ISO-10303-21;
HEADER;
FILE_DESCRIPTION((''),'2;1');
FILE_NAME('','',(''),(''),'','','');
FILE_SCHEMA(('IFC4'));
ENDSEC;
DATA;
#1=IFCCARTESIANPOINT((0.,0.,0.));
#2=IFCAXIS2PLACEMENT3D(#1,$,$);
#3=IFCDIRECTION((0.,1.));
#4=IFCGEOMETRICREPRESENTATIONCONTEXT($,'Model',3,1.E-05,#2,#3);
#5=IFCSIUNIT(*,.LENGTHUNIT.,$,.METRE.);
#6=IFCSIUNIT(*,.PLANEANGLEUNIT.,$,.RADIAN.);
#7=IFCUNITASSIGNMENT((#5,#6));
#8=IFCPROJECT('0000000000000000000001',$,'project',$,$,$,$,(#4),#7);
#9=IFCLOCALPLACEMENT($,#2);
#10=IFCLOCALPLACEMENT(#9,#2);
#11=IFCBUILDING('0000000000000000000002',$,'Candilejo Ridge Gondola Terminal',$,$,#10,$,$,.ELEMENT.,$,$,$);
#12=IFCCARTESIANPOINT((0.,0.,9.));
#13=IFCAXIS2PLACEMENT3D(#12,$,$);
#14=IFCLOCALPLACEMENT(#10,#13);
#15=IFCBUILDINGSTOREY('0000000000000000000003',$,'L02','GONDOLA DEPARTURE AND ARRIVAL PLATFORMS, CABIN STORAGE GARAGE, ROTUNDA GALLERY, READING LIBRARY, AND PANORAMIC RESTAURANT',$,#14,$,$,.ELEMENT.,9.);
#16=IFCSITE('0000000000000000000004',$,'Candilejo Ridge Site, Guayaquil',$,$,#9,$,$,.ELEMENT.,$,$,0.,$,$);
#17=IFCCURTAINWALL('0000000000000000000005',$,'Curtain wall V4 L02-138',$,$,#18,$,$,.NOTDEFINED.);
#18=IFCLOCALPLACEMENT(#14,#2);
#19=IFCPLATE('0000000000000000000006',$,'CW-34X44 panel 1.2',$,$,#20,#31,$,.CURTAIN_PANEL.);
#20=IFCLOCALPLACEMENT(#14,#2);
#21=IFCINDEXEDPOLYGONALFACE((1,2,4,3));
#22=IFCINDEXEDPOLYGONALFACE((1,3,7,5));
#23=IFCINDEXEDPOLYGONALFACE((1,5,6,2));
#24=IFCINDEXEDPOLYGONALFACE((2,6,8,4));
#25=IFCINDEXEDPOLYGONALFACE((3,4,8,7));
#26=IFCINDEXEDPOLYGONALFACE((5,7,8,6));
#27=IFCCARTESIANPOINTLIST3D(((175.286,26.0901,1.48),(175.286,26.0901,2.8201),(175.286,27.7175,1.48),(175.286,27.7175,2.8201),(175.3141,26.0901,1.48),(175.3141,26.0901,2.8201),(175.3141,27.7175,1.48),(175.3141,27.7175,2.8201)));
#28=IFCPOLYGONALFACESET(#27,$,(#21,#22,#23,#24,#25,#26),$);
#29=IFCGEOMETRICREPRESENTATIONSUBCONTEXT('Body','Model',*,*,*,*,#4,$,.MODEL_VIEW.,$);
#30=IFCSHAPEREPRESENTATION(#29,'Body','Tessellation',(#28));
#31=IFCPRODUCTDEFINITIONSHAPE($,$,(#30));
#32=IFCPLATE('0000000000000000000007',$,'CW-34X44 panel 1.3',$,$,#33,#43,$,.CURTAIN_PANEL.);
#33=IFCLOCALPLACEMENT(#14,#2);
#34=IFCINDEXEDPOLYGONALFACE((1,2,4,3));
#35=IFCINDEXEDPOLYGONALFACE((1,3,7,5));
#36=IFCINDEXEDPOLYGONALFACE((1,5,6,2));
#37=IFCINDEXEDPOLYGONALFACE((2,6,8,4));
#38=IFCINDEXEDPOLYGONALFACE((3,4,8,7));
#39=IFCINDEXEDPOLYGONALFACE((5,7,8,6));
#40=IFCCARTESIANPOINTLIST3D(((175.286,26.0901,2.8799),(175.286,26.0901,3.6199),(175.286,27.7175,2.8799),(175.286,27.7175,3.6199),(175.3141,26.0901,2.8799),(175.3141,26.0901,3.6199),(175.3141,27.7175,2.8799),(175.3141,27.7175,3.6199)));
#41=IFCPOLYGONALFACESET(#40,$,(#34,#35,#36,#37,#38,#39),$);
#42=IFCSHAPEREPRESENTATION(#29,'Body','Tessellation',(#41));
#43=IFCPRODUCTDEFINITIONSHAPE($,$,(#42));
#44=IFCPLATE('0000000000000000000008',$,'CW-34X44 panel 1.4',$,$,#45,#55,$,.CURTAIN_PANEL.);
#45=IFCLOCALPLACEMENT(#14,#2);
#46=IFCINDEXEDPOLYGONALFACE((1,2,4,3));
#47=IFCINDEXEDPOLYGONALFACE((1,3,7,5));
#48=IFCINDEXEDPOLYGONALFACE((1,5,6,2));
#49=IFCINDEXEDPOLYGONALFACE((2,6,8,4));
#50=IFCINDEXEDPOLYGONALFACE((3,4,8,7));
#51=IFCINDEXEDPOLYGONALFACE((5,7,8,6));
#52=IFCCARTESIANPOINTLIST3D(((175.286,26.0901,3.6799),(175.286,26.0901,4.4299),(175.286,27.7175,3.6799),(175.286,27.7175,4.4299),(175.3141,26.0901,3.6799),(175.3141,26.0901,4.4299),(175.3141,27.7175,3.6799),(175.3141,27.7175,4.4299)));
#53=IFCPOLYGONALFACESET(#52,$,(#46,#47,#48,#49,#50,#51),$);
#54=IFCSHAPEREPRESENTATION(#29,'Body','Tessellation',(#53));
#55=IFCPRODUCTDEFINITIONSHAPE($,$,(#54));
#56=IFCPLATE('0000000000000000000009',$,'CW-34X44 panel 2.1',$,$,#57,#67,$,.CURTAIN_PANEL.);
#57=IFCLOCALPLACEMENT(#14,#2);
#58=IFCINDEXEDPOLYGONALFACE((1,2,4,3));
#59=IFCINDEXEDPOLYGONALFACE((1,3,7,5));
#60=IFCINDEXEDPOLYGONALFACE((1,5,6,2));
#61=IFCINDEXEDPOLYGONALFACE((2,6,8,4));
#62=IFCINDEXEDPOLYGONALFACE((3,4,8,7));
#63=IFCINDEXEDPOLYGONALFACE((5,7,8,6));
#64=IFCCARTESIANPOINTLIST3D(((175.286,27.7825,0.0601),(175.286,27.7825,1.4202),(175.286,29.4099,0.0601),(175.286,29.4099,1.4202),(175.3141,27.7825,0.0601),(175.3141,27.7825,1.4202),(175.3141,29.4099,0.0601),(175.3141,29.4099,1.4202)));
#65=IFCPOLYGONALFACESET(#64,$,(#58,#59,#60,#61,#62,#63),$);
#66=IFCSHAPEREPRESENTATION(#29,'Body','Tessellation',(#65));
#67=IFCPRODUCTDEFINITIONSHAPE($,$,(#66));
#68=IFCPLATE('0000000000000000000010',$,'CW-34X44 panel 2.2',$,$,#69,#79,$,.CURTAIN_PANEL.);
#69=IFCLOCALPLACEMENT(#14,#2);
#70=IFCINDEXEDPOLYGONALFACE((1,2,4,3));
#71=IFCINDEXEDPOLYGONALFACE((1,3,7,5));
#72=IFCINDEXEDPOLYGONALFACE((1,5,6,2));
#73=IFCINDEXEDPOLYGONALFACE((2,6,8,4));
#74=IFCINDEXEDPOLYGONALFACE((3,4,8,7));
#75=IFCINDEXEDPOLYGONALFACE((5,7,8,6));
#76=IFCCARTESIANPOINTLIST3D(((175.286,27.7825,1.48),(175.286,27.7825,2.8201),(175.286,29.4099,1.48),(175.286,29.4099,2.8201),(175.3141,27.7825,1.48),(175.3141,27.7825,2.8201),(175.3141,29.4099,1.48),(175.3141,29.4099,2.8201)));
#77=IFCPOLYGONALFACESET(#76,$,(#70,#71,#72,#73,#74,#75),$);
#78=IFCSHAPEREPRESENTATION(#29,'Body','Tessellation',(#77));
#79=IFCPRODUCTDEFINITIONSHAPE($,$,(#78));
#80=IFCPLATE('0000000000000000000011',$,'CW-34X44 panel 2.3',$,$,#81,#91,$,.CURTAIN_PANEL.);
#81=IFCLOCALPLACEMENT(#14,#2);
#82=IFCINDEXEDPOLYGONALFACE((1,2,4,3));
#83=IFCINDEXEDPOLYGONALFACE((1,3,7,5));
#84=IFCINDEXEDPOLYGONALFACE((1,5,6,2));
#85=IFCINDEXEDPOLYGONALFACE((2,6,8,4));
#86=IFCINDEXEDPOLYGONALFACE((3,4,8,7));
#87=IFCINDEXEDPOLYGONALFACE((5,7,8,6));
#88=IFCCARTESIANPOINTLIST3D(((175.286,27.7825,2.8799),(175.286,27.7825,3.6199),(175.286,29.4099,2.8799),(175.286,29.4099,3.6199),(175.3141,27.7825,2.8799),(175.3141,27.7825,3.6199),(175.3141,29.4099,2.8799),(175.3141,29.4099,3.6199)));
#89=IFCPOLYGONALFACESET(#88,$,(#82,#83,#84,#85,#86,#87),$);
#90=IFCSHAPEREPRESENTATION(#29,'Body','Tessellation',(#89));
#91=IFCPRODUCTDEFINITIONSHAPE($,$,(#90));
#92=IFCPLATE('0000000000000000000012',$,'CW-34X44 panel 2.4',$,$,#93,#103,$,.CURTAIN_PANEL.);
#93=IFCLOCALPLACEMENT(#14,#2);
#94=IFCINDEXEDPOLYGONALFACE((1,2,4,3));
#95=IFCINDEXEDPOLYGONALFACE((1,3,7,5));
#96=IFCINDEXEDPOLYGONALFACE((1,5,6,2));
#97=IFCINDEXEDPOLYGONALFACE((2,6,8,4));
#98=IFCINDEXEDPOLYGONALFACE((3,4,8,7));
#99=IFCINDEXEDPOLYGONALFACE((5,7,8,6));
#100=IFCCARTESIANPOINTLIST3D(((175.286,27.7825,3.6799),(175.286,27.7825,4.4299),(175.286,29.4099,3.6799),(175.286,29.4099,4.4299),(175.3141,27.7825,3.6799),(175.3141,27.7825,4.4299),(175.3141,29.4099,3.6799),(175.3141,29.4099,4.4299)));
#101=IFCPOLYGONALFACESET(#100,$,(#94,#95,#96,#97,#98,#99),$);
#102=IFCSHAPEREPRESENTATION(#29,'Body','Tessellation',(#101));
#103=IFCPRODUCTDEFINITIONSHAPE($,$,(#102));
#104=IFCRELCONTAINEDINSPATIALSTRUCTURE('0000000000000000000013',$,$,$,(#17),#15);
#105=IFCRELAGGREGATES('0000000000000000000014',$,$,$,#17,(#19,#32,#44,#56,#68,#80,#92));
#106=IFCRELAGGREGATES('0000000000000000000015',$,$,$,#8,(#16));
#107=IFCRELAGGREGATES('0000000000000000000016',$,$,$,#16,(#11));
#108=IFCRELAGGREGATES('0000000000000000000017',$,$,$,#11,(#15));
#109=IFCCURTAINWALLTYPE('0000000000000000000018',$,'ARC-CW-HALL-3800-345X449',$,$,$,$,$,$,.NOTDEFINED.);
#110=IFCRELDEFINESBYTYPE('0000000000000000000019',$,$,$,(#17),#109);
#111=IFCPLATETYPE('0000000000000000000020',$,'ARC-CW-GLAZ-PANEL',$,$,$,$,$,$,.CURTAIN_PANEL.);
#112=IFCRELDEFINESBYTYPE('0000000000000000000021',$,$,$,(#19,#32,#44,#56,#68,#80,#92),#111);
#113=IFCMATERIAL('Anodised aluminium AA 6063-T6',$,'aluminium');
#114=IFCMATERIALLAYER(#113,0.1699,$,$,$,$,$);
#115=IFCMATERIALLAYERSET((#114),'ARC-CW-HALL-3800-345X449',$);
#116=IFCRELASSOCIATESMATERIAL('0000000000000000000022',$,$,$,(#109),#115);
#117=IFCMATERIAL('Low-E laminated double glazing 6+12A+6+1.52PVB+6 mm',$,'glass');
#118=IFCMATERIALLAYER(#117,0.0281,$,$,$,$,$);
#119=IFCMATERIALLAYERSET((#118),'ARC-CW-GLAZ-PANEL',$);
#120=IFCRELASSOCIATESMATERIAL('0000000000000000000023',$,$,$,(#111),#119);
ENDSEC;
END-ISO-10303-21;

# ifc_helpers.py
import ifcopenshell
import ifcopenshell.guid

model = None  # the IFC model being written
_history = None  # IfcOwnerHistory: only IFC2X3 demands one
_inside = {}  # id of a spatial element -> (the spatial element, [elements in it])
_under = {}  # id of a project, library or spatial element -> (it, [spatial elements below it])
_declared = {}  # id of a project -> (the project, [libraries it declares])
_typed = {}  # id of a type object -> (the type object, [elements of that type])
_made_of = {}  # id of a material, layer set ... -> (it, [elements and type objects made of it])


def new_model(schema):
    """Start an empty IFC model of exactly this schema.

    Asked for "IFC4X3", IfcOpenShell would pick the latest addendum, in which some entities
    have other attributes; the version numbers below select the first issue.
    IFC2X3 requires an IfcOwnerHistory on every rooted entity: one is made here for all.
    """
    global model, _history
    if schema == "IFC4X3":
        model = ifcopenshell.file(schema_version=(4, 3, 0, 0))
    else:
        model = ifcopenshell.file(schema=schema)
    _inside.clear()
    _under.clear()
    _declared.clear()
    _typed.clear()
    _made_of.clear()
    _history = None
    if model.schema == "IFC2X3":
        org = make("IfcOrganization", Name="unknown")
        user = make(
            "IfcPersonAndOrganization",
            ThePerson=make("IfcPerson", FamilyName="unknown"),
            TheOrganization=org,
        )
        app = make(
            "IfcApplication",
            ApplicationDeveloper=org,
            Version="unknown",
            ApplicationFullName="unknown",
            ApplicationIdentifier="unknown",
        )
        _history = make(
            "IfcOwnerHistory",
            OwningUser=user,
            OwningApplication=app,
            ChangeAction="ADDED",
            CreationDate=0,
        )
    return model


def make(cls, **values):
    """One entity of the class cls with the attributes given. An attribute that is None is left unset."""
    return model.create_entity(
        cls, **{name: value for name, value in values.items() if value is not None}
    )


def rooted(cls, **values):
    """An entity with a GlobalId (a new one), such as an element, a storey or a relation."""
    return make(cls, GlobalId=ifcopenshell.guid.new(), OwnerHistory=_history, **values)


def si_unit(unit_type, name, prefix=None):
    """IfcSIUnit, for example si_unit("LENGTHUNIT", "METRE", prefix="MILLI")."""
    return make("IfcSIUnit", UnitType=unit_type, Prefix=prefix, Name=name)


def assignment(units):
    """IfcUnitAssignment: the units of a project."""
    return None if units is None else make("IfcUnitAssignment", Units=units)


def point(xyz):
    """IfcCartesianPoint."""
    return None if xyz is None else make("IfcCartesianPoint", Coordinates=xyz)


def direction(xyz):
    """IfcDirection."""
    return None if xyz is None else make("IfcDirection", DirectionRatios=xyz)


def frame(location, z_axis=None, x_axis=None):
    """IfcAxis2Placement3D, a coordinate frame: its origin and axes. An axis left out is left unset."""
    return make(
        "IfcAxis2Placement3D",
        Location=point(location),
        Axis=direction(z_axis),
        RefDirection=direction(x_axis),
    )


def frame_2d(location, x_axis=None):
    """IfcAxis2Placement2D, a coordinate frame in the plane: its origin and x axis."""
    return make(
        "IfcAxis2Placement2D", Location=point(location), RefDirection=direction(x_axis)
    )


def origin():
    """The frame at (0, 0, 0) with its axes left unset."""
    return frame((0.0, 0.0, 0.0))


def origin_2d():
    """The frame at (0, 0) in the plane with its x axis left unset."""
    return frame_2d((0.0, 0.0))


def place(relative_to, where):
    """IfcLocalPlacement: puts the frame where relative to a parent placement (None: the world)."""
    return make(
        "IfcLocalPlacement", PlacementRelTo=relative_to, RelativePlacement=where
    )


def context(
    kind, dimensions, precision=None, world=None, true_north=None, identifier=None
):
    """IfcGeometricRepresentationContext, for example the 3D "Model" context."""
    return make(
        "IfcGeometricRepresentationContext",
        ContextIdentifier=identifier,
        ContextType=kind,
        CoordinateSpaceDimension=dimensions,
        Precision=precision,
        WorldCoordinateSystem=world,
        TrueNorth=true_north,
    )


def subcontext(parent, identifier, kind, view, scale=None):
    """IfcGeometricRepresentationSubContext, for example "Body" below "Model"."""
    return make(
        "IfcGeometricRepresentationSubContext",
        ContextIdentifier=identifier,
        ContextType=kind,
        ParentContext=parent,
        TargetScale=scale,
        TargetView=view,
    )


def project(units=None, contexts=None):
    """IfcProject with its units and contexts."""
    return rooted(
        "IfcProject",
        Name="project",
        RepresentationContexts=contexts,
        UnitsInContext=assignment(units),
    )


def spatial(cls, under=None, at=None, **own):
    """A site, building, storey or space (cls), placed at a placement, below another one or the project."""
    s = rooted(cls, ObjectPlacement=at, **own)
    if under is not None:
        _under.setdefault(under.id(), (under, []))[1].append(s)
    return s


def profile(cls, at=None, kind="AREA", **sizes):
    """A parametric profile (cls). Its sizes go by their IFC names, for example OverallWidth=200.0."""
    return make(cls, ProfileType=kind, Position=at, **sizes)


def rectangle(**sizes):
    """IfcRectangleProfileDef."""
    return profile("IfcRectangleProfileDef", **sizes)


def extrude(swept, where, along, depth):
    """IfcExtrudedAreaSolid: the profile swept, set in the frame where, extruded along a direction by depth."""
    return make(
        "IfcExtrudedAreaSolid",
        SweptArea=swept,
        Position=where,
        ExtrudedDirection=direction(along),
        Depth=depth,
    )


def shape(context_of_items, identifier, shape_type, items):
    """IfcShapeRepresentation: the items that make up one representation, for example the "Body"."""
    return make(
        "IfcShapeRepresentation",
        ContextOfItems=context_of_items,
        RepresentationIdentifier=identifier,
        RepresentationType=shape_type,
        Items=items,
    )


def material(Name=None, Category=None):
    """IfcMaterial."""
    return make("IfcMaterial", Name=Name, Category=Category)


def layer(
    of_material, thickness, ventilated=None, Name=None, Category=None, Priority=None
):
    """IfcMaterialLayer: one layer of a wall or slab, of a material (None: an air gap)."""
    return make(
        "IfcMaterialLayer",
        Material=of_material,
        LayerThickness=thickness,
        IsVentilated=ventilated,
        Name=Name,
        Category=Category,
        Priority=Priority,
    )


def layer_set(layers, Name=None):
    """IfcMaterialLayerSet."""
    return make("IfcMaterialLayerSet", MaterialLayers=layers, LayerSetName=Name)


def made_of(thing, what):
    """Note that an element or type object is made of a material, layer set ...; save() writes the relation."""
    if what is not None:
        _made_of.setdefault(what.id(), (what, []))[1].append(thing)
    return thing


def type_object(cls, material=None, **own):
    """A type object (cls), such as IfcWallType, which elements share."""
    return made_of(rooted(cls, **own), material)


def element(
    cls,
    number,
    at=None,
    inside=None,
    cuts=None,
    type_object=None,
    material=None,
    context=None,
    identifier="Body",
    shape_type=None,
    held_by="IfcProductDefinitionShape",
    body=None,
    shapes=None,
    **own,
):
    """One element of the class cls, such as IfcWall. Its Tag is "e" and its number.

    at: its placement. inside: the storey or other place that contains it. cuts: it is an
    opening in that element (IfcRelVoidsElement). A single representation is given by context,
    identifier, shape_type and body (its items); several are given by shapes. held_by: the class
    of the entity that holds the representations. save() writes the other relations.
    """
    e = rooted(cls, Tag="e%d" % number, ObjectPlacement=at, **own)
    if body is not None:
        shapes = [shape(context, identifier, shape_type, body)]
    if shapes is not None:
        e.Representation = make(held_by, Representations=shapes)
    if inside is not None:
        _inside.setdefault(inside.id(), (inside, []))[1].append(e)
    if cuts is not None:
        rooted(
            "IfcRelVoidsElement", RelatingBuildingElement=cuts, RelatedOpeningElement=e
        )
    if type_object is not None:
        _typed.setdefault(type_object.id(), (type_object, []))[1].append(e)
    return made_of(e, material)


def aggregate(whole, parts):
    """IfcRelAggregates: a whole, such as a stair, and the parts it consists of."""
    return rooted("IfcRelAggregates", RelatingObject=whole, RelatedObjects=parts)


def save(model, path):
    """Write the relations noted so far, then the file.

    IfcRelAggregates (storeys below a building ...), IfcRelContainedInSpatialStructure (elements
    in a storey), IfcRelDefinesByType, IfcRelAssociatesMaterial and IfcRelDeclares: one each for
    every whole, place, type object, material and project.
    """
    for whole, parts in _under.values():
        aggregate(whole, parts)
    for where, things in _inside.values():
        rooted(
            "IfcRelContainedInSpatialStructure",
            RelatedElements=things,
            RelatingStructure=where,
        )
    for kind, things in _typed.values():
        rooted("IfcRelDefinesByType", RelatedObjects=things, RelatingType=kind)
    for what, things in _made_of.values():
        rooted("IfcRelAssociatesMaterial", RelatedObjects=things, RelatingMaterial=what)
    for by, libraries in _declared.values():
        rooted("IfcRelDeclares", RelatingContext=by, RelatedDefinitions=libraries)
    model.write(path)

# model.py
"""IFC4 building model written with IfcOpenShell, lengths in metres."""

from ifc_helpers import new_model, si_unit, direction, frame, origin, origin_2d, place, context, subcontext, project, spatial, rectangle, extrude, material, layer, layer_set, type_object, element, aggregate, save


model = new_model("IFC4")

# Units and contexts
model_context = context("Model", 3, precision=1e-05, world=origin(), true_north=direction((0.0, 1.0)))
body_context = subcontext(model_context, "Body", "Model", "MODEL_VIEW")
ifc_project = project(units=[si_unit("LENGTHUNIT", "METRE"), si_unit("PLANEANGLEUNIT", "RADIAN")], contexts=[model_context])

# Site, building, storey
site_placement = place(None, origin())
site = spatial("IfcSite", under=ifc_project, at=site_placement, Name="Candilejo Ridge Site, Guayaquil", CompositionType="ELEMENT", RefElevation=0.0)
building_placement = place(site_placement, origin())
building = spatial("IfcBuilding", under=site, at=building_placement, Name="Candilejo Ridge Gondola Terminal", CompositionType="ELEMENT")
storey_placement = place(building_placement, frame((0.0, 0.0, 9.0)))
storey = spatial("IfcBuildingStorey", under=building, at=storey_placement, Name="L02", Description="GONDOLA DEPARTURE AND ARRIVAL PLATFORMS, CABIN STORAGE GARAGE, ROTUNDA GALLERY, READING LIBRARY, AND PANORAMIC RESTAURANT", CompositionType="ELEMENT", Elevation=9.0)

# Curtain wall
ifc_material_1 = material(Name="Anodised aluminium AA 6063-T6", Category="aluminium")
ifc_layer_1 = layer(ifc_material_1, 0.1699)
ifc_layer_set_1 = layer_set([ifc_layer_1], Name="ARC-CW-HALL-3800-345X449")
curtain_wall_type_1 = type_object("IfcCurtainWallType", Name="ARC-CW-HALL-3800-345X449", PredefinedType="NOTDEFINED", material=ifc_layer_set_1)
curtain_wall_1_placement = place(storey_placement, origin())
curtain_wall_1 = element("IfcCurtainWall", 1, at=curtain_wall_1_placement, inside=storey, type_object=curtain_wall_type_1, Name="Curtain wall V4 L02-138", PredefinedType="NOTDEFINED")

# Plates
ifc_material_2 = material(Name="Low-E laminated double glazing 6+12A+6+1.52PVB+6 mm", Category="glass")
ifc_layer_2 = layer(ifc_material_2, 0.0281)
ifc_layer_set_2 = layer_set([ifc_layer_2], Name="ARC-CW-GLAZ-PANEL")
plate_type = type_object("IfcPlateType", Name="ARC-CW-GLAZ-PANEL", PredefinedType="CURTAIN_PANEL", material=ifc_layer_set_2)
plate_1_placement = place(storey_placement, frame((175.3, 26.9038, 1.48), z_axis=(0.0, 0.0, 1.0), x_axis=(0.0, 1.0, 0.0)))
plate_1 = element("IfcPlate", 2, at=plate_1_placement, type_object=plate_type, Name="CW-34X44 panel 1.2", PredefinedType="CURTAIN_PANEL", context=body_context, shape_type="SweptSolid", body=[
    extrude(rectangle(XDim=1.6274, YDim=0.0281, at=origin_2d()), origin(), (0.0, 0.0, 1.0), 1.3401),
])
plate_2_placement = place(storey_placement, frame((175.3, 26.9038, 2.8799), z_axis=(0.0, 0.0, 1.0), x_axis=(0.0, 1.0, 0.0)))
plate_2 = element("IfcPlate", 3, at=plate_2_placement, type_object=plate_type, Name="CW-34X44 panel 1.3", PredefinedType="CURTAIN_PANEL", context=body_context, shape_type="SweptSolid", body=[
    extrude(rectangle(XDim=1.6274, YDim=0.0281, at=origin_2d()), origin(), (0.0, 0.0, 1.0), 0.74),
])
plate_3_placement = place(storey_placement, frame((175.3, 26.9038, 3.6799), z_axis=(0.0, 0.0, 1.0), x_axis=(0.0, 1.0, 0.0)))
plate_3 = element("IfcPlate", 4, at=plate_3_placement, type_object=plate_type, Name="CW-34X44 panel 1.4", PredefinedType="CURTAIN_PANEL", context=body_context, shape_type="SweptSolid", body=[
    extrude(rectangle(XDim=1.6274, YDim=0.0281, at=origin_2d()), origin(), (0.0, 0.0, 1.0), 0.75),
])
plate_4_placement = place(storey_placement, frame((175.3, 28.5962, 0.0601), z_axis=(0.0, 0.0, 1.0), x_axis=(0.0, 1.0, 0.0)))
plate_4 = element("IfcPlate", 5, at=plate_4_placement, type_object=plate_type, Name="CW-34X44 panel 2.1", PredefinedType="CURTAIN_PANEL", context=body_context, shape_type="SweptSolid", body=[
    extrude(rectangle(XDim=1.6274, YDim=0.0281, at=origin_2d()), origin(), (0.0, 0.0, 1.0), 1.3601),
])
plate_5_placement = place(storey_placement, frame((175.3, 28.5962, 1.48), z_axis=(0.0, 0.0, 1.0), x_axis=(0.0, 1.0, 0.0)))
plate_5 = element("IfcPlate", 6, at=plate_5_placement, type_object=plate_type, Name="CW-34X44 panel 2.2", PredefinedType="CURTAIN_PANEL", context=body_context, shape_type="SweptSolid", body=[
    extrude(rectangle(XDim=1.6274, YDim=0.0281, at=origin_2d()), origin(), (0.0, 0.0, 1.0), 1.3401),
])
plate_6_placement = place(storey_placement, frame((175.3, 28.5962, 2.8799), z_axis=(0.0, 0.0, 1.0), x_axis=(0.0, 1.0, 0.0)))
plate_6 = element("IfcPlate", 7, at=plate_6_placement, type_object=plate_type, Name="CW-34X44 panel 2.3", PredefinedType="CURTAIN_PANEL", context=body_context, shape_type="SweptSolid", body=[
    extrude(rectangle(XDim=1.6274, YDim=0.0281, at=origin_2d()), origin(), (0.0, 0.0, 1.0), 0.74),
])
plate_7_placement = place(storey_placement, frame((175.3, 28.5962, 3.6799), z_axis=(0.0, 0.0, 1.0), x_axis=(0.0, 1.0, 0.0)))
plate_7 = element("IfcPlate", 8, at=plate_7_placement, type_object=plate_type, Name="CW-34X44 panel 2.4", PredefinedType="CURTAIN_PANEL", context=body_context, shape_type="SweptSolid", body=[
    extrude(rectangle(XDim=1.6274, YDim=0.0281, at=origin_2d()), origin(), (0.0, 0.0, 1.0), 0.75),
])
aggregate(curtain_wall_1, [plate_1, plate_2, plate_3, plate_4, plate_5, plate_6, plate_7])

save(model, "model.ifc")
